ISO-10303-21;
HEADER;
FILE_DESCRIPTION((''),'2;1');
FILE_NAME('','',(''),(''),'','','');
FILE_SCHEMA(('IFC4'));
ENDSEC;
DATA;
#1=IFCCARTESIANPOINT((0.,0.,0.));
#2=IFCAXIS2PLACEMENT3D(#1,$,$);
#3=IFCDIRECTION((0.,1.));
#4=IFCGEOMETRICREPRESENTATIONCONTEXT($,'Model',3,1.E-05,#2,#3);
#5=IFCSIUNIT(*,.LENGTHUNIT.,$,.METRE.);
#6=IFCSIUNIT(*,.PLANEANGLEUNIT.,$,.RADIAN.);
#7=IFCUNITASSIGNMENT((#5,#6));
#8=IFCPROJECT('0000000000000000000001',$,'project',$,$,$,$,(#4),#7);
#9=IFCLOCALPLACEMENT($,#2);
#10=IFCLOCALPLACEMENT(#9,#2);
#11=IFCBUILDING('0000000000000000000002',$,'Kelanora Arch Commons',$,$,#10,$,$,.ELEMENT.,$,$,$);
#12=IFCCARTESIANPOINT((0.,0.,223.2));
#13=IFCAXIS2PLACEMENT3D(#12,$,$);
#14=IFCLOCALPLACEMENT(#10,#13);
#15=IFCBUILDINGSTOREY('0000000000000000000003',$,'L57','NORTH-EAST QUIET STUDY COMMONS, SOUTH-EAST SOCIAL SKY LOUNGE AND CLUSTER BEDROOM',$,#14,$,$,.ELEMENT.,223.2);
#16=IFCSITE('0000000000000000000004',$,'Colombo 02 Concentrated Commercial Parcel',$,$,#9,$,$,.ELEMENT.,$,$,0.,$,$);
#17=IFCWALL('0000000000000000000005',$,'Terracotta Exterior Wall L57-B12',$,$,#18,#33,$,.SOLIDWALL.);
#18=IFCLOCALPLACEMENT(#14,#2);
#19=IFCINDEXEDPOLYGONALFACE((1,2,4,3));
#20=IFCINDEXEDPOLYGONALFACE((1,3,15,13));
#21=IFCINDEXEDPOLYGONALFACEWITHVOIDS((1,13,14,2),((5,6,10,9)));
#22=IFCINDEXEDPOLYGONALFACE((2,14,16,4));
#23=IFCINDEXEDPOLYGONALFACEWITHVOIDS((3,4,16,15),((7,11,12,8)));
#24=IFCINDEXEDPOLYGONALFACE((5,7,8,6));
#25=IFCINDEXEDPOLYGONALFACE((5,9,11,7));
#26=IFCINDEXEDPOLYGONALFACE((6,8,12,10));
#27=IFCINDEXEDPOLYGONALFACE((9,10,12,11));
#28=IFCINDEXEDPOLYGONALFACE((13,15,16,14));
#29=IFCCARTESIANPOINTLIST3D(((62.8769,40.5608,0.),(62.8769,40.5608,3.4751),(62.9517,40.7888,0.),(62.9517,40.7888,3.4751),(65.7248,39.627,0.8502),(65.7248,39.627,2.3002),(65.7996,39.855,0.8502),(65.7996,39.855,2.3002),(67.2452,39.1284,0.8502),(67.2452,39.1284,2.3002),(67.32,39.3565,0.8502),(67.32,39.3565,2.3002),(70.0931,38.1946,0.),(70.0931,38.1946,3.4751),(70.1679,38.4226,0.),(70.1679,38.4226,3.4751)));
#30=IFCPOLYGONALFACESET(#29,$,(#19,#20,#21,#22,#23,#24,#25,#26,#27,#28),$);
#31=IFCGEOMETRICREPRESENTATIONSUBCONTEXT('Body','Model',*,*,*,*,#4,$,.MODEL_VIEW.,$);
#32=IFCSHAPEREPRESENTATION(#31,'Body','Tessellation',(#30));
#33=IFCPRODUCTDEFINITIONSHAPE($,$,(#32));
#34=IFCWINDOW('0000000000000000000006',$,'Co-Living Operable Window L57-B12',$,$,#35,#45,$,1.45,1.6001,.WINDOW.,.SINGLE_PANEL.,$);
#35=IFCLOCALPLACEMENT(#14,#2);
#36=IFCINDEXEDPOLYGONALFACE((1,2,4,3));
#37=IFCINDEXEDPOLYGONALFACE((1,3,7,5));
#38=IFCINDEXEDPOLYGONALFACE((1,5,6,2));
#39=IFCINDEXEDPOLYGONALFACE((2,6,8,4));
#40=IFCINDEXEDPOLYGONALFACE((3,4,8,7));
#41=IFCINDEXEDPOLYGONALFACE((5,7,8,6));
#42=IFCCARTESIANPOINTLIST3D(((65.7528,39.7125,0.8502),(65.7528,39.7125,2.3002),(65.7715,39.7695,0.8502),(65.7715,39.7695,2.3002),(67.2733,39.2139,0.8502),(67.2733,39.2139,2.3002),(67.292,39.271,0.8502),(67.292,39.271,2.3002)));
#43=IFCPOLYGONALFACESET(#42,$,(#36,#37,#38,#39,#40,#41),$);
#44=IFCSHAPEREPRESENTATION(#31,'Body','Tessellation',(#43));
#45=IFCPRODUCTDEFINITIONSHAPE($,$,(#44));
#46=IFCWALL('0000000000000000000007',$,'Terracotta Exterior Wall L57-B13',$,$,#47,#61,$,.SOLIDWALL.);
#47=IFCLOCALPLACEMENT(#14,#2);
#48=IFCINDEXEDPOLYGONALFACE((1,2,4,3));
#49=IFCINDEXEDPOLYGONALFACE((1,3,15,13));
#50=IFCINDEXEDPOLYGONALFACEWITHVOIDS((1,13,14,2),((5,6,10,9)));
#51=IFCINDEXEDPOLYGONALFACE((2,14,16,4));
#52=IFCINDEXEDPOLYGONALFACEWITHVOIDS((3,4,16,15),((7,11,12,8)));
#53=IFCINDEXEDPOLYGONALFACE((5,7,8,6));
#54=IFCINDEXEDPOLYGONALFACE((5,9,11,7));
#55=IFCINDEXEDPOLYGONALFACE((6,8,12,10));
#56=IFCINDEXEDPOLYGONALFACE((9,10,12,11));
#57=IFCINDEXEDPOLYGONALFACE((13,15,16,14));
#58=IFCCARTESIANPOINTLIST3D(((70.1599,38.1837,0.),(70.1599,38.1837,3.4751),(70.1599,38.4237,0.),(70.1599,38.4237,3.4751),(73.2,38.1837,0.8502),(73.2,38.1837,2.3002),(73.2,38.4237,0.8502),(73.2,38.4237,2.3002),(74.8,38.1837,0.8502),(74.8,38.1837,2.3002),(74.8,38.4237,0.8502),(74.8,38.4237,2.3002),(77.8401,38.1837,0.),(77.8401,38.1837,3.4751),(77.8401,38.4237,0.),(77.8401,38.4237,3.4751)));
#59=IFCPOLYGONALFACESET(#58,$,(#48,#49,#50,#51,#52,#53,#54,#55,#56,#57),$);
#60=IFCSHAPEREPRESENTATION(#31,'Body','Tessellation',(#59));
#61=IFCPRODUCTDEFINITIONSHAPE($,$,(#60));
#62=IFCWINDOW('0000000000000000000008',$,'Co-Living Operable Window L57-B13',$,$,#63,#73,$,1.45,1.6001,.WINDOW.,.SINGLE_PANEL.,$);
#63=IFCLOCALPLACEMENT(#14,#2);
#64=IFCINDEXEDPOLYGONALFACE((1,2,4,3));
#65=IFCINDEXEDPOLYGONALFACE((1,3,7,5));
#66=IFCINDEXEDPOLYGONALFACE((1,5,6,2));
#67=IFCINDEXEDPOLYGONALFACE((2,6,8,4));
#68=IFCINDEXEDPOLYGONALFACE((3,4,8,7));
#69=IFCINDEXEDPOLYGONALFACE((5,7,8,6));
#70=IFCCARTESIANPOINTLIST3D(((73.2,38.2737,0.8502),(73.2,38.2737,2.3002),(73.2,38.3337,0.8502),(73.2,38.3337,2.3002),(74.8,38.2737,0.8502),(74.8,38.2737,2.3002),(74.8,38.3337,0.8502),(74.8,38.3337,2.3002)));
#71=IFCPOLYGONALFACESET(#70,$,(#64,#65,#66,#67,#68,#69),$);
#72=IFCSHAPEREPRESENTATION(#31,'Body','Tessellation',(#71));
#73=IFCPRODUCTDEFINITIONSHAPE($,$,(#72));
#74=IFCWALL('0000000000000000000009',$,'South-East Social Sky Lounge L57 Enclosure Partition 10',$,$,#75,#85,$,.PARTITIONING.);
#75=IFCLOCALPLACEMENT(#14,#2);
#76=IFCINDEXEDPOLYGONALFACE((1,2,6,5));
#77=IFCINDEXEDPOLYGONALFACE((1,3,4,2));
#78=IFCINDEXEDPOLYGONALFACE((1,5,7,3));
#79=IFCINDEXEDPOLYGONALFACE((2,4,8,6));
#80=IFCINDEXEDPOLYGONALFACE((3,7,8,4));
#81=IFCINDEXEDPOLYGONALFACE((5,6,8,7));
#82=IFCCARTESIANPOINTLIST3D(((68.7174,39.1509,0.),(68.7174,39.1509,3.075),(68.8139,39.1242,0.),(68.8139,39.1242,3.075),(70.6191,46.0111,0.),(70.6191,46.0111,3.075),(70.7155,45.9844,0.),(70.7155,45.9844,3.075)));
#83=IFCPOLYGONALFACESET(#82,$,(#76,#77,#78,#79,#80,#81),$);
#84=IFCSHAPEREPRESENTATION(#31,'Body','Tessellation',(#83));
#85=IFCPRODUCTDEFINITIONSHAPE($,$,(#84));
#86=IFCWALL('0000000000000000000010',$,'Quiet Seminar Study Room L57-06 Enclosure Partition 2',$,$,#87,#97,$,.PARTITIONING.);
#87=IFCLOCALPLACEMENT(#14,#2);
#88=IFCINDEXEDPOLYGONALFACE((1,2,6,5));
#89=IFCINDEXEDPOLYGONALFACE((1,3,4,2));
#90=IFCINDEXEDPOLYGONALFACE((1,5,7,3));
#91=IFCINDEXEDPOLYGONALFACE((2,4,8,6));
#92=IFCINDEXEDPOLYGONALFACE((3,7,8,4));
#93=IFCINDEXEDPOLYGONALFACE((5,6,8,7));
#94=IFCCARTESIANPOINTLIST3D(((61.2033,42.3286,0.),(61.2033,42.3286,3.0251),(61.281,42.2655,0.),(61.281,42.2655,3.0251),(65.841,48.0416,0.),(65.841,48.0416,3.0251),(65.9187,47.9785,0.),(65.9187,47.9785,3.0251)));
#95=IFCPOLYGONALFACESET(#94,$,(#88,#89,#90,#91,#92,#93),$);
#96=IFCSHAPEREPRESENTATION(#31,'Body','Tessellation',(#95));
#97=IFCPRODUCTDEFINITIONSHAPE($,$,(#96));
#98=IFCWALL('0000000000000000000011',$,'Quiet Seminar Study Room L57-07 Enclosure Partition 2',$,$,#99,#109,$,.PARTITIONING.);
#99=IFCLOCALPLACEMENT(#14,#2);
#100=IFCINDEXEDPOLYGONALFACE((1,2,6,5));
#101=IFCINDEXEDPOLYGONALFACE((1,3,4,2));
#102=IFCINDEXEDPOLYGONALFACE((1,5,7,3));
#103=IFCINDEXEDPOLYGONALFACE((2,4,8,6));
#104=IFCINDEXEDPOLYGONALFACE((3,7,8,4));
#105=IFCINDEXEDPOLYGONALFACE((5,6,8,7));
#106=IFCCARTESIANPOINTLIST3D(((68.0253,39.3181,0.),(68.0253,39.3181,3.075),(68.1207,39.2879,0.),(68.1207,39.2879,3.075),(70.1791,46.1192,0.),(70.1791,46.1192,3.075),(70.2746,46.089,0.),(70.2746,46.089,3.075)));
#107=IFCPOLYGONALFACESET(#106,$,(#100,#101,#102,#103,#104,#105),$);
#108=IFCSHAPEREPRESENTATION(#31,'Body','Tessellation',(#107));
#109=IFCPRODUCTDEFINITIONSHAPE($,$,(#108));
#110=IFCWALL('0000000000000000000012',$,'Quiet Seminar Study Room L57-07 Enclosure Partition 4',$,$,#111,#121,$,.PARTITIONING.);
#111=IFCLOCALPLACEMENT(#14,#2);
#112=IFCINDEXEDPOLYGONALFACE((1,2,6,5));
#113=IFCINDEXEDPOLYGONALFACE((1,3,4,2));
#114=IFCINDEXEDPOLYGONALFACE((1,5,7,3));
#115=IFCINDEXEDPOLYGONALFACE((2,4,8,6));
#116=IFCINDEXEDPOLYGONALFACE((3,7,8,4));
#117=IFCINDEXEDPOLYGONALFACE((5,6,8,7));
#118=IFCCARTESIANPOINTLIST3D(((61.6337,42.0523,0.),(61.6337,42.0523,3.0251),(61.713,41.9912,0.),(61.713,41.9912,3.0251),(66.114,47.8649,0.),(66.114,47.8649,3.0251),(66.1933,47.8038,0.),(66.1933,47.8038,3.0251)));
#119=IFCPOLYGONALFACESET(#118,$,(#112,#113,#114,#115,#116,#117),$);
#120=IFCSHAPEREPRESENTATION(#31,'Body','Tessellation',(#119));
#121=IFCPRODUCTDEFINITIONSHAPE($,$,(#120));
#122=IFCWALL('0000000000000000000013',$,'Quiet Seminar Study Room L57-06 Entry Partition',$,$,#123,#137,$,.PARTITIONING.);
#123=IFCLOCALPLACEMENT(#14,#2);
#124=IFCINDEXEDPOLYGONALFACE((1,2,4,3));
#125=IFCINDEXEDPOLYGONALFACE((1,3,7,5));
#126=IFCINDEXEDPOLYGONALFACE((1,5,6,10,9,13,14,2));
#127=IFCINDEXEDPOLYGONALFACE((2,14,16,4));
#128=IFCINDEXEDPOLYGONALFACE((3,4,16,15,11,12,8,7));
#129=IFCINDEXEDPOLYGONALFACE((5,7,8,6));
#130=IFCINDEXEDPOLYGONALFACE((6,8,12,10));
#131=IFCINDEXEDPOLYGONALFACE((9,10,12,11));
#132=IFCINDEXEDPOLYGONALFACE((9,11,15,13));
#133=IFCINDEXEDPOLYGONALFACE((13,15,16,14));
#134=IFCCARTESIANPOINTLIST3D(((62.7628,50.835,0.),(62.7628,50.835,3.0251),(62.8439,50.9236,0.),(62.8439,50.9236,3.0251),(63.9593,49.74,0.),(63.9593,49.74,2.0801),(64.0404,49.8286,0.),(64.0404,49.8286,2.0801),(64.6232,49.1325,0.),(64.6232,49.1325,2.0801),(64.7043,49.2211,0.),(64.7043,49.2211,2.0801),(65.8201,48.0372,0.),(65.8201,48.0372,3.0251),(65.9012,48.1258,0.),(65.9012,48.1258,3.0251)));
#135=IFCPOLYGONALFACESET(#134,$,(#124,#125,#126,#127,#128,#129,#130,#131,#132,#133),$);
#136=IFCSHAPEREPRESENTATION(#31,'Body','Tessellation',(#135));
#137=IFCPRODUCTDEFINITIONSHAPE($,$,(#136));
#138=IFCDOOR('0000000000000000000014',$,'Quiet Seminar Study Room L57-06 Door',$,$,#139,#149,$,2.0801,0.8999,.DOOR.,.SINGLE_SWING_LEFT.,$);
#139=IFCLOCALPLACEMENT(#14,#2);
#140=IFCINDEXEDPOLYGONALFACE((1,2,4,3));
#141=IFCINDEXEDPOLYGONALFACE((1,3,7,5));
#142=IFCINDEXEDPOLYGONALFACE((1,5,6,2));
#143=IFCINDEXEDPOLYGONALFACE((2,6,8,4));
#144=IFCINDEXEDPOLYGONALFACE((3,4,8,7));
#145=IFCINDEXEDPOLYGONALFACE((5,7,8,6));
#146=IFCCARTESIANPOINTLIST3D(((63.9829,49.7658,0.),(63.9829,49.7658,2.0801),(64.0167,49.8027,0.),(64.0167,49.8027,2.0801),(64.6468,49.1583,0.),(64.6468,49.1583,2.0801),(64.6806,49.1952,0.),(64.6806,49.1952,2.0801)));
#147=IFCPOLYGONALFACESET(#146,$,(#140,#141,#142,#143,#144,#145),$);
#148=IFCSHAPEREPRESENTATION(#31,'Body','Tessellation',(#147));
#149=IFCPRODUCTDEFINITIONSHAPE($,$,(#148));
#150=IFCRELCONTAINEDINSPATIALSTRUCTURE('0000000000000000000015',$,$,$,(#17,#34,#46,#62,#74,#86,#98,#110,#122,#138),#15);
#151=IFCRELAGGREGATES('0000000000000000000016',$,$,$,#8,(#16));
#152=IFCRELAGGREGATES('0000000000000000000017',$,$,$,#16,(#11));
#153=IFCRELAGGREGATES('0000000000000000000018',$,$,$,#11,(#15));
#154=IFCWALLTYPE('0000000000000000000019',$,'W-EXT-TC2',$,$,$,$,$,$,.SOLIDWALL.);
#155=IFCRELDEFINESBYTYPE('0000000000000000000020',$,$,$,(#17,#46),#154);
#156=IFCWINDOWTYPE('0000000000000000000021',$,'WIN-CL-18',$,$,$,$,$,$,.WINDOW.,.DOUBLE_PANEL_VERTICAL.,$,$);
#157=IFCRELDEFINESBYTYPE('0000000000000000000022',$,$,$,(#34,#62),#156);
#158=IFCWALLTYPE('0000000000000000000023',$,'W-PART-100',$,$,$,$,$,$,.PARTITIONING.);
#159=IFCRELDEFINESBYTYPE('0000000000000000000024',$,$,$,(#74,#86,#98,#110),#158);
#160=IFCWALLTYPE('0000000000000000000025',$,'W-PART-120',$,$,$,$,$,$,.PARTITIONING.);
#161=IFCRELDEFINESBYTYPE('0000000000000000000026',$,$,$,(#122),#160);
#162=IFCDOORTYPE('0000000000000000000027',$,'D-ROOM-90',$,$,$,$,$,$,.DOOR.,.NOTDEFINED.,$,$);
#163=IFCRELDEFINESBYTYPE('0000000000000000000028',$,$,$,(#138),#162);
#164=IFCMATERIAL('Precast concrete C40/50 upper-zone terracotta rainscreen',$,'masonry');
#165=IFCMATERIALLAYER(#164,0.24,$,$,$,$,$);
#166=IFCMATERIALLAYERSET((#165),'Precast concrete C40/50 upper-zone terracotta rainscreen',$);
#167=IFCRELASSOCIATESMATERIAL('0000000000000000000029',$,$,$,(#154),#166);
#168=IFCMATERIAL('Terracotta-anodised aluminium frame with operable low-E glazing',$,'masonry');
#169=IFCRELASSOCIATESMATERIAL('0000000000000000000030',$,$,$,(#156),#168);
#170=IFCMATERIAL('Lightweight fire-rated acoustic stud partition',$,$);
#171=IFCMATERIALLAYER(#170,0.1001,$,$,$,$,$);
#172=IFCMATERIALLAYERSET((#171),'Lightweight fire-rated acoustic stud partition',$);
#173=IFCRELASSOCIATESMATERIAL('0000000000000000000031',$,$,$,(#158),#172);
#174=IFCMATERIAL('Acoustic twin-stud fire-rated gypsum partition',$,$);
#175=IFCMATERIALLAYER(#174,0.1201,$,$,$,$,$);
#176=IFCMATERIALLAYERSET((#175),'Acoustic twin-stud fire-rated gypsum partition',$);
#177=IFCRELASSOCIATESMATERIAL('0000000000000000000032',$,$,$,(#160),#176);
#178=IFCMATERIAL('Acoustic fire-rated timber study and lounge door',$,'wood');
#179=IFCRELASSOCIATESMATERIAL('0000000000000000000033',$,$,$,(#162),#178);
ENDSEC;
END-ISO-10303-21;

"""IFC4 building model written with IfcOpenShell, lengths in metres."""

from ifc_helpers import new_model, si_unit, direction, frame, frame_2d, origin, place, context, subcontext, project, spatial, rectangle, extrude, material, layer, layer_set, type_object, element, fill, save


model = new_model("IFC4")

# Units and contexts
model_context = context("Model", 3, precision=1e-05, world=origin(), true_north=direction((0.0, 1.0)))
body_context = subcontext(model_context, "Body", "Model", "MODEL_VIEW")
ifc_project = project(units=[si_unit("LENGTHUNIT", "METRE"), si_unit("PLANEANGLEUNIT", "RADIAN")], contexts=[model_context])

# Site, building, storey
site_placement = place(None, origin())
site = spatial("IfcSite", under=ifc_project, at=site_placement, Name="Colombo 02 Concentrated Commercial Parcel", CompositionType="ELEMENT", RefElevation=0.0)
building_placement = place(site_placement, origin())
building = spatial("IfcBuilding", under=site, at=building_placement, Name="Kelanora Arch Commons", CompositionType="ELEMENT")
storey_placement = place(building_placement, frame((0.0, 0.0, 223.2)))
storey = spatial("IfcBuildingStorey", under=building, at=storey_placement, Name="L57", Description="NORTH-EAST QUIET STUDY COMMONS, SOUTH-EAST SOCIAL SKY LOUNGE AND CLUSTER BEDROOM", CompositionType="ELEMENT", Elevation=223.2)

# Walls, openings, windows
ifc_material_1 = material(Name="Precast concrete C40/50 upper-zone terracotta rainscreen", Category="masonry")
ifc_layer_1 = layer(ifc_material_1, 0.24)
ifc_layer_set_1 = layer_set([ifc_layer_1], Name="Precast concrete C40/50 upper-zone terracotta rainscreen")
wall_type_1 = type_object("IfcWallType", Name="W-EXT-TC2", PredefinedType="SOLIDWALL", material=ifc_layer_set_1)
wall_1_placement = place(storey_placement, frame((62.9143, 40.6748, 0.0), z_axis=(0.0, 0.0, 1.0), x_axis=(0.950221, -0.311575, 0.0)))
wall_1 = element("IfcWall", 1, at=wall_1_placement, inside=storey, type_object=wall_type_1, Name="Terracotta Exterior Wall L57-B12", PredefinedType="SOLIDWALL", context=body_context, shape_type="SweptSolid", body=[
    extrude(rectangle(XDim=7.5942, YDim=0.24, at=frame_2d((3.7971, 0.0))), origin(), (0.0, 0.0, 1.0), 3.4751),
])
opening_1_placement = place(wall_1_placement, frame((2.9971, 0.0, 0.8501)))
opening_1 = element("IfcOpeningElement", 2, at=opening_1_placement, cuts=wall_1, PredefinedType="OPENING", context=body_context, shape_type="SweptSolid", body=[
    extrude(rectangle(XDim=1.6001, YDim=1.45, at=frame_2d((0.8, 0.7251))), frame((0.0, 0.1299, 0.0), z_axis=(0.0, -1.0, 0.0), x_axis=(1.0, 0.0, 0.0)), (0.0, 0.0, 1.0), 0.26),
])
ifc_material_2 = material(Name="Terracotta-anodised aluminium frame with operable low-E glazing", Category="masonry")
window_type = type_object("IfcWindowType", Name="WIN-CL-18", PartitioningType="DOUBLE_PANEL_VERTICAL", PredefinedType="WINDOW", material=ifc_material_2)
window_1_placement = place(opening_1_placement, origin())
window_1 = element("IfcWindow", 3, at=window_1_placement, inside=storey, type_object=window_type, Name="Co-Living Operable Window L57-B12", OverallHeight=1.45, OverallWidth=1.6001, PartitioningType="SINGLE_PANEL", PredefinedType="WINDOW", context=body_context, shape_type="SweptSolid", body=[
    extrude(rectangle(XDim=1.6001, YDim=1.45, at=frame_2d((0.8, 0.7251))), frame((0.0, 0.03, 0.0), z_axis=(0.0, -1.0, 0.0), x_axis=(1.0, 0.0, 0.0)), (0.0, 0.0, 1.0), 0.0601),
])
fill(opening_1, window_1)
wall_2_placement = place(storey_placement, frame((70.1599, 38.3037, 0.0), z_axis=(0.0, 0.0, 1.0), x_axis=(1.0, 0.0, 0.0)))
wall_2 = element("IfcWall", 4, at=wall_2_placement, inside=storey, type_object=wall_type_1, Name="Terracotta Exterior Wall L57-B13", PredefinedType="SOLIDWALL", context=body_context, shape_type="SweptSolid", body=[
    extrude(rectangle(XDim=7.6802, YDim=0.24, at=frame_2d((3.8401, 0.0))), origin(), (0.0, 0.0, 1.0), 3.4751),
])
opening_2_placement = place(wall_2_placement, frame((3.04, 0.0, 0.8501)))
opening_2 = element("IfcOpeningElement", 5, at=opening_2_placement, cuts=wall_2, PredefinedType="OPENING", context=body_context, shape_type="SweptSolid", body=[
    extrude(rectangle(XDim=1.6001, YDim=1.45, at=frame_2d((0.8, 0.7251))), frame((0.0, 0.1299, 0.0), z_axis=(0.0, -1.0, 0.0), x_axis=(1.0, 0.0, 0.0)), (0.0, 0.0, 1.0), 0.26),
])
window_2_placement = place(opening_2_placement, origin())
window_2 = element("IfcWindow", 6, at=window_2_placement, inside=storey, type_object=window_type, Name="Co-Living Operable Window L57-B13", OverallHeight=1.45, OverallWidth=1.6001, PartitioningType="SINGLE_PANEL", PredefinedType="WINDOW", context=body_context, shape_type="SweptSolid", body=[
    extrude(rectangle(XDim=1.6001, YDim=1.45, at=frame_2d((0.8, 0.7251))), frame((0.0, 0.03, 0.0), z_axis=(0.0, -1.0, 0.0), x_axis=(1.0, 0.0, 0.0)), (0.0, 0.0, 1.0), 0.0601),
])
fill(opening_2, window_2)

# Walls
ifc_material_3 = material(Name="Lightweight fire-rated acoustic stud partition")
ifc_layer_2 = layer(ifc_material_3, 0.1001)
ifc_layer_set_2 = layer_set([ifc_layer_2], Name="Lightweight fire-rated acoustic stud partition")
wall_type_2 = type_object("IfcWallType", Name="W-PART-100", PredefinedType="PARTITIONING", material=ifc_layer_set_2)
wall_3_placement = place(storey_placement, frame((68.7656, 39.1375, 0.0), z_axis=(0.0, 0.0, 1.0), x_axis=(0.267126, 0.963662, 0.0)))
element("IfcWall", 7, at=wall_3_placement, inside=storey, type_object=wall_type_2, Name="South-East Social Sky Lounge L57 Enclosure Partition 10", PredefinedType="PARTITIONING", context=body_context, shape_type="SweptSolid", body=[
    extrude(rectangle(XDim=7.1189, YDim=0.1001, at=frame_2d((3.5596, 0.0))), origin(), (0.0, 0.0, 1.0), 3.075),
])
wall_4_placement = place(storey_placement, frame((65.8799, 48.01, 0.0), z_axis=(0.0, 0.0, 1.0), x_axis=(-0.630263, -0.776382, 0.0)))
element("IfcWall", 8, at=wall_4_placement, inside=storey, type_object=wall_type_2, Name="Quiet Seminar Study Room L57-06 Enclosure Partition 2", PredefinedType="PARTITIONING", context=body_context, shape_type="SweptSolid", body=[
    extrude(rectangle(XDim=7.3584, YDim=0.1001, at=frame_2d((3.6792, 0.0))), origin(), (0.0, 0.0, 1.0), 3.0251),
])
wall_5_placement = place(storey_placement, frame((70.2268, 46.104, 0.0), z_axis=(0.0, 0.0, 1.0), x_axis=(-0.301911, -0.953336, 0.0)))
element("IfcWall", 9, at=wall_5_placement, inside=storey, type_object=wall_type_2, Name="Quiet Seminar Study Room L57-07 Enclosure Partition 2", PredefinedType="PARTITIONING", context=body_context, shape_type="SweptSolid", body=[
    extrude(rectangle(XDim=7.134, YDim=0.1001, at=frame_2d((3.5669, 0.0))), origin(), (0.0, 0.0, 1.0), 3.075),
])
wall_6_placement = place(storey_placement, frame((61.6733, 42.0217, 0.0), z_axis=(0.0, 0.0, 1.0), x_axis=(0.610487, 0.792026, 0.0)))
element("IfcWall", 10, at=wall_6_placement, inside=storey, type_object=wall_type_2, Name="Quiet Seminar Study Room L57-07 Enclosure Partition 4", PredefinedType="PARTITIONING", context=body_context, shape_type="SweptSolid", body=[
    extrude(rectangle(XDim=7.3389, YDim=0.1001, at=frame_2d((3.6694, 0.0))), origin(), (0.0, 0.0, 1.0), 3.0251),
])

# Wall, opening, door
ifc_material_4 = material(Name="Acoustic twin-stud fire-rated gypsum partition")
ifc_layer_3 = layer(ifc_material_4, 0.1201)
ifc_layer_set_3 = layer_set([ifc_layer_3], Name="Acoustic twin-stud fire-rated gypsum partition")
wall_type_3 = type_object("IfcWallType", Name="W-PART-120", PredefinedType="PARTITIONING", material=ifc_layer_set_3)
wall_7_placement = place(storey_placement, frame((62.8032, 50.8794, 0.0), z_axis=(0.0, 0.0, 1.0), x_axis=(0.737724, -0.675103, 0.0)))
wall_7 = element("IfcWall", 11, at=wall_7_placement, inside=storey, type_object=wall_type_3, Name="Quiet Seminar Study Room L57-06 Entry Partition", PredefinedType="PARTITIONING", context=body_context, shape_type="SweptSolid", body=[
    extrude(rectangle(XDim=4.1443, YDim=0.1201, at=frame_2d((2.0723, 0.0))), origin(), (0.0, 0.0, 1.0), 3.0251),
])
opening_3_placement = place(wall_7_placement, frame((1.6221, 0.0, 0.0)))
opening_3 = element("IfcOpeningElement", 12, at=opening_3_placement, cuts=wall_7, PredefinedType="OPENING", context=body_context, shape_type="SweptSolid", body=[
    extrude(rectangle(XDim=0.8999, YDim=2.0801, at=frame_2d((0.45, 1.04))), frame((0.0, 0.0701, 0.0), z_axis=(0.0, -1.0, 0.0), x_axis=(1.0, 0.0, 0.0)), (0.0, 0.0, 1.0), 0.1401),
])
ifc_material_5 = material(Name="Acoustic fire-rated timber study and lounge door", Category="wood")
door_type = type_object("IfcDoorType", Name="D-ROOM-90", OperationType="NOTDEFINED", PredefinedType="DOOR", material=ifc_material_5)
door_1_placement = place(opening_3_placement, origin())
door_1 = element("IfcDoor", 13, at=door_1_placement, inside=storey, type_object=door_type, Name="Quiet Seminar Study Room L57-06 Door", OperationType="SINGLE_SWING_LEFT", OverallHeight=2.0801, OverallWidth=0.8999, PredefinedType="DOOR", context=body_context, shape_type="SweptSolid", body=[
    extrude(rectangle(XDim=0.8999, YDim=2.0801, at=frame_2d((0.45, 1.04))), frame((0.0, 0.0249, 0.0), z_axis=(0.0, -1.0, 0.0), x_axis=(1.0, 0.0, 0.0)), (0.0, 0.0, 1.0), 0.05),
])
fill(opening_3, door_1)

save(model, "model.ifc")
